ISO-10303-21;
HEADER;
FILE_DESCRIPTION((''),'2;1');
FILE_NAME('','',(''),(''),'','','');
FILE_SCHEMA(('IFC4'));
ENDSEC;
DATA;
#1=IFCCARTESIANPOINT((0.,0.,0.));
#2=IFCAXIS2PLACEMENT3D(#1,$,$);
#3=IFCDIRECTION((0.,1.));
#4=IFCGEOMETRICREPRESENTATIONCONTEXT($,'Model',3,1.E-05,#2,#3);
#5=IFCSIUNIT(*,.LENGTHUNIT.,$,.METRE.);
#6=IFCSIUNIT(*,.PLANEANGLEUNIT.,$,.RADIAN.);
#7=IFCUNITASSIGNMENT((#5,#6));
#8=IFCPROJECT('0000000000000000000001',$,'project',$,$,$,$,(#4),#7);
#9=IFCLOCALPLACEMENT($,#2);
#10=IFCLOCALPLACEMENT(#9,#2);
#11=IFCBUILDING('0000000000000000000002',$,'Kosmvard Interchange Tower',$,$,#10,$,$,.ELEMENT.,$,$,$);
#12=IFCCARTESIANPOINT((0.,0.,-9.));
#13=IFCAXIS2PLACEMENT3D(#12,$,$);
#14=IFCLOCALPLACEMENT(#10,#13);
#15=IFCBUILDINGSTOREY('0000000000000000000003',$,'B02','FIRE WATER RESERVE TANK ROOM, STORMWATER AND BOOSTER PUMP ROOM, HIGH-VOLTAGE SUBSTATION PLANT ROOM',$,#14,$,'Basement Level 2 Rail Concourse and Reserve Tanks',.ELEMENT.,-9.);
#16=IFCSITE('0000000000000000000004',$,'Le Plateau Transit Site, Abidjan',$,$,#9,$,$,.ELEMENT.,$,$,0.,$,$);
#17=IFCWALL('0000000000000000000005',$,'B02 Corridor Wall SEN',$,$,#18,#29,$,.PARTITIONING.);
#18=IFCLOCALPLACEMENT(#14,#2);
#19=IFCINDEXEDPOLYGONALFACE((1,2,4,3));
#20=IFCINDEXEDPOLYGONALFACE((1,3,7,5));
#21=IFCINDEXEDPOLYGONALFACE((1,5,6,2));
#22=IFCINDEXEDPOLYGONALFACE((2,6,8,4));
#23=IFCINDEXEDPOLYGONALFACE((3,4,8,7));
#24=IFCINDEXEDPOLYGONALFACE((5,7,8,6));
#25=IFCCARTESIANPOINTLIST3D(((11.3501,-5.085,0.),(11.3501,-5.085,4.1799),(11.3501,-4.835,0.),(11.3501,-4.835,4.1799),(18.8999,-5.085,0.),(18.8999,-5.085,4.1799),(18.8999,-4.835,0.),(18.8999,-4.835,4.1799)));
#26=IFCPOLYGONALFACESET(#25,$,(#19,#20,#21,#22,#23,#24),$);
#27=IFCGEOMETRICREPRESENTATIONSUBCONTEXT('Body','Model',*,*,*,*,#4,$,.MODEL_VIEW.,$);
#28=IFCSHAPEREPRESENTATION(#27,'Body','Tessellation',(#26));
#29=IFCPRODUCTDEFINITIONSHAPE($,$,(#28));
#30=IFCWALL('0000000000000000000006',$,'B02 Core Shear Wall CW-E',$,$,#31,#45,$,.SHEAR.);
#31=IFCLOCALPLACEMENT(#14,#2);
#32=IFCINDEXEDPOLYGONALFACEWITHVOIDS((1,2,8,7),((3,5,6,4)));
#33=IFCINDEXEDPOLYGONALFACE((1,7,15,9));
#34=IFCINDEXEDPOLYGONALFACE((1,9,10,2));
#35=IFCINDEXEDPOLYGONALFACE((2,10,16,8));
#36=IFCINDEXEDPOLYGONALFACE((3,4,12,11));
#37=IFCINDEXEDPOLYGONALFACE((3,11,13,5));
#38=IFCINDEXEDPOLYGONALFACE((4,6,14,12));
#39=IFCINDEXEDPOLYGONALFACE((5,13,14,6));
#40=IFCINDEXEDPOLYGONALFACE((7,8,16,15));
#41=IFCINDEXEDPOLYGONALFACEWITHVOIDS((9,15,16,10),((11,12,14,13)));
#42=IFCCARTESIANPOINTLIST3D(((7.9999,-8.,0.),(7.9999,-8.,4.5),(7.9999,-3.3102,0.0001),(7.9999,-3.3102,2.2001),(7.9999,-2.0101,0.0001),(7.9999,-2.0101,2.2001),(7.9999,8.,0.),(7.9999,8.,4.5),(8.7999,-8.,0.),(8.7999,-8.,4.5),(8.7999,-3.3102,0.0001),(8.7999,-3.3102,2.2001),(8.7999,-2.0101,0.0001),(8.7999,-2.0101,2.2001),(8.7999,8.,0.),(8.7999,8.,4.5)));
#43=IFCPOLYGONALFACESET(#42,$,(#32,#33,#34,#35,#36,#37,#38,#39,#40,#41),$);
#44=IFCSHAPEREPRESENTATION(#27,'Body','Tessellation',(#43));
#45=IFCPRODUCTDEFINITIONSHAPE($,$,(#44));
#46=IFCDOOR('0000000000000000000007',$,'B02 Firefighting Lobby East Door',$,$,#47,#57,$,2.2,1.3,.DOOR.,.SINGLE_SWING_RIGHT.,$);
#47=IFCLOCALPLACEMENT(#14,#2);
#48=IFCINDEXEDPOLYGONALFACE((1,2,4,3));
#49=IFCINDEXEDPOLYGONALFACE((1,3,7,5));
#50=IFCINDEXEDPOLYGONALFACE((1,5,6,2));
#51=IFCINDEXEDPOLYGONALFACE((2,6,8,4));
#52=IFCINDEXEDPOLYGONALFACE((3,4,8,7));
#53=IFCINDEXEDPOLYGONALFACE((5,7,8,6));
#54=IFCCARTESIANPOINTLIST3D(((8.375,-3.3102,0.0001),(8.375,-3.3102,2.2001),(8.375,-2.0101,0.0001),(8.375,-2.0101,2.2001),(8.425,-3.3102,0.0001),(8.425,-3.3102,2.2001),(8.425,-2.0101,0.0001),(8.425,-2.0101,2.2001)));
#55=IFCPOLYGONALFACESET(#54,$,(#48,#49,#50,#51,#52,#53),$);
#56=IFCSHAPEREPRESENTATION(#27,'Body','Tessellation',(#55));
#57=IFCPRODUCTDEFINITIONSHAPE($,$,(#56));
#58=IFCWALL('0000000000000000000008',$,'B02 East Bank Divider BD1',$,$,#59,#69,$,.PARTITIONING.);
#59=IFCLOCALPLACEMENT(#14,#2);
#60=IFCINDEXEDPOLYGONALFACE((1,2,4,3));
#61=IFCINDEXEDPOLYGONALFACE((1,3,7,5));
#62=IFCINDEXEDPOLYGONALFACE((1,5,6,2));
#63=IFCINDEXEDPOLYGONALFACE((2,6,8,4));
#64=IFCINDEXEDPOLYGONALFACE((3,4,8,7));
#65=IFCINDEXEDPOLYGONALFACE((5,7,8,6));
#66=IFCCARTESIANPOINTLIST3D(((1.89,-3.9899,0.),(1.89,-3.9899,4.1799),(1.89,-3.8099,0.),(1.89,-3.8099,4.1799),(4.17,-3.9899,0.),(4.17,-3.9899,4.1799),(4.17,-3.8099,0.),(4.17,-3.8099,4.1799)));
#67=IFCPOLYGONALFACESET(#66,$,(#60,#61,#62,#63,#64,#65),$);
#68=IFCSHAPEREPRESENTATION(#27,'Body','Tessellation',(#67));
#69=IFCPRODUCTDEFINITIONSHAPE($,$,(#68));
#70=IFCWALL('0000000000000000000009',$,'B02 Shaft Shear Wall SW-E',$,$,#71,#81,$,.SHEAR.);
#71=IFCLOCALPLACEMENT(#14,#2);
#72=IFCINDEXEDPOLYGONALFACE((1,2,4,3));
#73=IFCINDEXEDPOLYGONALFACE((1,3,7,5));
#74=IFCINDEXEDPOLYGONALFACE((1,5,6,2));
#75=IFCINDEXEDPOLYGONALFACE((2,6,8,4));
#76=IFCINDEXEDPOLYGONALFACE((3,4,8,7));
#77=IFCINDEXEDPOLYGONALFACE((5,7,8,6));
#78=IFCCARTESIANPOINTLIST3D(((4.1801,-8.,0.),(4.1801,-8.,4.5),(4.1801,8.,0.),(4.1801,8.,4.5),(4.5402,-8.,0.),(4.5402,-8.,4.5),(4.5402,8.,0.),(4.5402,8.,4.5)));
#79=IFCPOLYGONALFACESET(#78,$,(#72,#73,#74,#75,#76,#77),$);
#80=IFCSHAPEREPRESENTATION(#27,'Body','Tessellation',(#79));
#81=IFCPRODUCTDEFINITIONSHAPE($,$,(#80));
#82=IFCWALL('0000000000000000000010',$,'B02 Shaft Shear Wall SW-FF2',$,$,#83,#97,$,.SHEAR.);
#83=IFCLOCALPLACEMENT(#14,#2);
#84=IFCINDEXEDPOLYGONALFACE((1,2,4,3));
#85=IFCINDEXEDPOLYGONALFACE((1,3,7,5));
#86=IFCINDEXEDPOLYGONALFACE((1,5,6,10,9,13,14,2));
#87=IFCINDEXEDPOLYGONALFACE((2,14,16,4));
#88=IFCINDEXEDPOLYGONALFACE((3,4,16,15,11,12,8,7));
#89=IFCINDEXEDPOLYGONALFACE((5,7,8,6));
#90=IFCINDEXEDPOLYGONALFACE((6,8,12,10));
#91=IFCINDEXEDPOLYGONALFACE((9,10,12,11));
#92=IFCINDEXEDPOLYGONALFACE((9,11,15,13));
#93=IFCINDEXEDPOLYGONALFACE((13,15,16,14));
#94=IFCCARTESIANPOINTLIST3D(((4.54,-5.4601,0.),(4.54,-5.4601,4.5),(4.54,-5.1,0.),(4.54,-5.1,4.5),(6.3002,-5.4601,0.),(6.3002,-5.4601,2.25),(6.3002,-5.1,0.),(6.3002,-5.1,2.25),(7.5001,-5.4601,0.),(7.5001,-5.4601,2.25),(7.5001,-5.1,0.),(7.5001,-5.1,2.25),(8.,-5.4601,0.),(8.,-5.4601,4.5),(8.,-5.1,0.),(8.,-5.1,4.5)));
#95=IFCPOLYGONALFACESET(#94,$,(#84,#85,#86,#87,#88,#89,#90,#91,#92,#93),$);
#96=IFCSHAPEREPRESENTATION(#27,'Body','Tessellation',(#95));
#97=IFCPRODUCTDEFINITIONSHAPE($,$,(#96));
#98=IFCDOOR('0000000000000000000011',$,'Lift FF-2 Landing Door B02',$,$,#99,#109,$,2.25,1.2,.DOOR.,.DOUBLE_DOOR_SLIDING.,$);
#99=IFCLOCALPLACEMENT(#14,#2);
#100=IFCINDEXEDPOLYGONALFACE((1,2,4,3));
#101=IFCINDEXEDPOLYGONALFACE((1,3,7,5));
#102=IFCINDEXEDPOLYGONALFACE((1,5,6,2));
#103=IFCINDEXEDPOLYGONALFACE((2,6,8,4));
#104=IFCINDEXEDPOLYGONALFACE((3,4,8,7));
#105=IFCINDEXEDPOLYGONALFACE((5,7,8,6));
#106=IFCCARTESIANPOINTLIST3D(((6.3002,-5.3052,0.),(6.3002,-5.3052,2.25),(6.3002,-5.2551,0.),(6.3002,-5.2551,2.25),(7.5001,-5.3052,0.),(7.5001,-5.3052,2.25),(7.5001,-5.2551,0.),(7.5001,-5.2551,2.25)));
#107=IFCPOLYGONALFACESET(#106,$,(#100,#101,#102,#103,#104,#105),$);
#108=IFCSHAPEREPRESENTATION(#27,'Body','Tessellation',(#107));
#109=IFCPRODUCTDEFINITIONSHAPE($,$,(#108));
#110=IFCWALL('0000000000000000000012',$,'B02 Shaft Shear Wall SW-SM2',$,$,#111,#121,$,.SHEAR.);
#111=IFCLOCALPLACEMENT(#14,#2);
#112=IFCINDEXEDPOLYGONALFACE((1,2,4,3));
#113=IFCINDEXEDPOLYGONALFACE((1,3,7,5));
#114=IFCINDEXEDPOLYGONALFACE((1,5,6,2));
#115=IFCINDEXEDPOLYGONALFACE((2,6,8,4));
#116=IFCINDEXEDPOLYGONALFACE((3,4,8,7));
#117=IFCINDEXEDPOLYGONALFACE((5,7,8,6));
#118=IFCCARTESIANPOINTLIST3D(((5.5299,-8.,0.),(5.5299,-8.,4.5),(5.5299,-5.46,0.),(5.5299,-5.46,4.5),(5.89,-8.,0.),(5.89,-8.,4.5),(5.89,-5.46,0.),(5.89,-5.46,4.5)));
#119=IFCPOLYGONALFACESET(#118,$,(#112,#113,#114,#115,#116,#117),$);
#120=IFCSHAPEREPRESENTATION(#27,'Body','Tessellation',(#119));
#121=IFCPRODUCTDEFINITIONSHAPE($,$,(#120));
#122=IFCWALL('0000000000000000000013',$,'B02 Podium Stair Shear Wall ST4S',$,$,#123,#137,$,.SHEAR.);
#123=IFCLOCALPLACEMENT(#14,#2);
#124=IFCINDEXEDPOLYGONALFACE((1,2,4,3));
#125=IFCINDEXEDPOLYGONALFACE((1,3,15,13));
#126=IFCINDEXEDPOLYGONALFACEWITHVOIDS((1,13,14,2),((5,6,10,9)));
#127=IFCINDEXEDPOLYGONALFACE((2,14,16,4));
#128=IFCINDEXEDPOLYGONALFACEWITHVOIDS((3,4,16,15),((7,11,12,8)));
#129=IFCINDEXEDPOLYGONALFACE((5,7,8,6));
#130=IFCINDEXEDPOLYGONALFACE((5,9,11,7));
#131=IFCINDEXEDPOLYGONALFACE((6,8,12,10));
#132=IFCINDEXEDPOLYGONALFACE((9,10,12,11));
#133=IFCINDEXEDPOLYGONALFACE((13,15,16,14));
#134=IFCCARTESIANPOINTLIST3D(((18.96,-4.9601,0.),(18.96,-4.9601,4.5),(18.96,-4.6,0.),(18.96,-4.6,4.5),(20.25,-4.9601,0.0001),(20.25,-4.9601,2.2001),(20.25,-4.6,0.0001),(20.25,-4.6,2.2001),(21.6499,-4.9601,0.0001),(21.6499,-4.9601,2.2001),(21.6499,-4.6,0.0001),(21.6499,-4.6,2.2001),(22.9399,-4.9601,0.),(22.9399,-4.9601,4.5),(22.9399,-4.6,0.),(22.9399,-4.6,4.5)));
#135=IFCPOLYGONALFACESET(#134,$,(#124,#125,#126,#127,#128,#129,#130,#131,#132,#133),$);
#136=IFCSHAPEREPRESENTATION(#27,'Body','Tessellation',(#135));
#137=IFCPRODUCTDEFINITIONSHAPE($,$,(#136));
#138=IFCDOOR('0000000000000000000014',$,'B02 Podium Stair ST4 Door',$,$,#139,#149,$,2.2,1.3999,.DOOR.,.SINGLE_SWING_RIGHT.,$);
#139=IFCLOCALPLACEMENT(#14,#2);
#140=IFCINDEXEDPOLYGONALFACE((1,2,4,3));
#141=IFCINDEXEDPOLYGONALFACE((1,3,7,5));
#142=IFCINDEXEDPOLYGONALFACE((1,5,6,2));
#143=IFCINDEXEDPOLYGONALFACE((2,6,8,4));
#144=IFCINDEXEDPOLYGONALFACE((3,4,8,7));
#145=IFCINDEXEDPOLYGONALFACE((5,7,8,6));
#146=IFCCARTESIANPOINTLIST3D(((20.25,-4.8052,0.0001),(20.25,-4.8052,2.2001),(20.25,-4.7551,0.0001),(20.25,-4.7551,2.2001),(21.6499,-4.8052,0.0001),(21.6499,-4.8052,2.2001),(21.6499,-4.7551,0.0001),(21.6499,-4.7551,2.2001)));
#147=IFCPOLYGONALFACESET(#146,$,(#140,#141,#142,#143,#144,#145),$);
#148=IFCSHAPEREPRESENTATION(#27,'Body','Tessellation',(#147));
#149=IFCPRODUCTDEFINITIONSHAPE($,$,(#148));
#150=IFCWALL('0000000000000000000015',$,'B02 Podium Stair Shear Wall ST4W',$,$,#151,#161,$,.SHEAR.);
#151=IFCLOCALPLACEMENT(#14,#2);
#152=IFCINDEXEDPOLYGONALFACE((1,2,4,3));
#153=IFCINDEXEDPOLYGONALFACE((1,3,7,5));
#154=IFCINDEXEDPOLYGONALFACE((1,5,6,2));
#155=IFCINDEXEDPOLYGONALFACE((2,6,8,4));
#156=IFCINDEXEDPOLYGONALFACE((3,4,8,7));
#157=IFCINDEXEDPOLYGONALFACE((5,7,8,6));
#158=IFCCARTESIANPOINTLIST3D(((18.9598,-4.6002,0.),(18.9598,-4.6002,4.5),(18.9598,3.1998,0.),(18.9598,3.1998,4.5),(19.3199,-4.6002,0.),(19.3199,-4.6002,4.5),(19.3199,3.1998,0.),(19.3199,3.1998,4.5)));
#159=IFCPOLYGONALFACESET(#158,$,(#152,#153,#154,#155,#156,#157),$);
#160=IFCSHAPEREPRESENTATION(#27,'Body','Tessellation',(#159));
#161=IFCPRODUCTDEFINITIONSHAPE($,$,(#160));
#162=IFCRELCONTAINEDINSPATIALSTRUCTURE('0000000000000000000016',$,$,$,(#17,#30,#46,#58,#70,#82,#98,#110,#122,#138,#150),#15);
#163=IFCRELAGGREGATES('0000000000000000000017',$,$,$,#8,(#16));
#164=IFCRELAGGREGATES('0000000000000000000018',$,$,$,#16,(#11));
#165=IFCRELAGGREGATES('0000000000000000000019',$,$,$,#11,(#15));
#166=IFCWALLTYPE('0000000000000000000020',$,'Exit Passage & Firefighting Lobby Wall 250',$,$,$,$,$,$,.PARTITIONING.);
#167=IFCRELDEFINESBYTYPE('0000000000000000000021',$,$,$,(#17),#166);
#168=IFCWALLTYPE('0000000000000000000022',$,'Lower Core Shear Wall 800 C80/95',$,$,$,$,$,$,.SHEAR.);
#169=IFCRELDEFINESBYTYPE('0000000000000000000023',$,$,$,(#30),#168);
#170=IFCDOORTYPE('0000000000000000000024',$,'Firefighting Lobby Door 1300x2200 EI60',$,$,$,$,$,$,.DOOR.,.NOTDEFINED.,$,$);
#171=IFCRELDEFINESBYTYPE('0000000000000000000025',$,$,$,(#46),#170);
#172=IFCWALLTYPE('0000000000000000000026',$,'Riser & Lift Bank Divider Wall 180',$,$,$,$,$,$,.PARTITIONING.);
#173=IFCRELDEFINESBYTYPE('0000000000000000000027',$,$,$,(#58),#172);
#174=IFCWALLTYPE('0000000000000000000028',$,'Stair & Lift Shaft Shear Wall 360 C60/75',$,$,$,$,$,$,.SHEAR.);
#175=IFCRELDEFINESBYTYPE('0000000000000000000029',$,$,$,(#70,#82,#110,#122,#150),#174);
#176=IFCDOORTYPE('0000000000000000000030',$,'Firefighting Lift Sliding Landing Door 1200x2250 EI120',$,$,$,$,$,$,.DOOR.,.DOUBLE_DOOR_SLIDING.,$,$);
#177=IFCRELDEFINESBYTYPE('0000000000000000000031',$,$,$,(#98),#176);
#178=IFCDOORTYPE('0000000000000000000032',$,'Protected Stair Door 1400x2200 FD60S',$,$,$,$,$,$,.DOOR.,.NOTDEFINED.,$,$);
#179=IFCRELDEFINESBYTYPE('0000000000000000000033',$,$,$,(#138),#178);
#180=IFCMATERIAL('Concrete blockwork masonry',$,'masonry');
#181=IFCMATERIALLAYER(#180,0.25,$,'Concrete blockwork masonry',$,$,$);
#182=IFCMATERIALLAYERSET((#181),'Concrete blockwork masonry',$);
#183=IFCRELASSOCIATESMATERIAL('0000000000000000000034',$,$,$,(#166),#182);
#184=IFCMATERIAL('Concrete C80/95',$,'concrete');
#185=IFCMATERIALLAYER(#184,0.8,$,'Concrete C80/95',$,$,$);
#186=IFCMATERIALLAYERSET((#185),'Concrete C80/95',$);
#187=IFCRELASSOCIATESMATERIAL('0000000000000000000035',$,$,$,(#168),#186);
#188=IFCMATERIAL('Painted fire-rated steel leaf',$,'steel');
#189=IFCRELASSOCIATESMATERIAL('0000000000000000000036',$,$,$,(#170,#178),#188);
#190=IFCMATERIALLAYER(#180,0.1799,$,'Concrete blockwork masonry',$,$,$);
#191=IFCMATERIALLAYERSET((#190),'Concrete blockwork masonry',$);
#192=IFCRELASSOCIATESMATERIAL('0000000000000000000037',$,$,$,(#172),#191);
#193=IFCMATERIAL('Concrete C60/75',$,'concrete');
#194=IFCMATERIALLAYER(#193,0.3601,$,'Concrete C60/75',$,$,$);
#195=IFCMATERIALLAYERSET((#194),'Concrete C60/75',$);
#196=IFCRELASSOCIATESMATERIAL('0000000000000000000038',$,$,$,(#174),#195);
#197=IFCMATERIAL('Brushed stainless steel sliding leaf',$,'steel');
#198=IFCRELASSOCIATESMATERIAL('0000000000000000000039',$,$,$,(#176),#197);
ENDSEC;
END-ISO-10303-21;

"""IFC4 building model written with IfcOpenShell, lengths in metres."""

from ifc_helpers import new_model, si_unit, direction, frame, frame_2d, origin, place, context, subcontext, project, spatial, rectangle, extrude, source, transform, mapped, material, layer, layer_set, type_object, element, fill, save


model = new_model("IFC4")

# Units and contexts
model_context = context("Model", 3, precision=1e-05, world=origin(), true_north=direction((0.0, 1.0)))
body_context = subcontext(model_context, "Body", "Model", "MODEL_VIEW")
ifc_project = project(units=[si_unit("LENGTHUNIT", "METRE"), si_unit("PLANEANGLEUNIT", "RADIAN")], contexts=[model_context])

# Site, building, storey
site_placement = place(None, origin())
site = spatial("IfcSite", under=ifc_project, at=site_placement, Name="Le Plateau Transit Site, Abidjan", CompositionType="ELEMENT", RefElevation=0.0)
building_placement = place(site_placement, origin())
building = spatial("IfcBuilding", under=site, at=building_placement, Name="Kosmvard Interchange Tower", CompositionType="ELEMENT")
storey_placement = place(building_placement, frame((0.0, 0.0, -9.0)))
storey = spatial("IfcBuildingStorey", under=building, at=storey_placement, Name="B02", Description="FIRE WATER RESERVE TANK ROOM, STORMWATER AND BOOSTER PUMP ROOM, HIGH-VOLTAGE SUBSTATION PLANT ROOM", LongName="Basement Level 2 Rail Concourse and Reserve Tanks", CompositionType="ELEMENT", Elevation=-9.0)

# Shared definitions
ifc_material_1 = material(Name="Concrete blockwork masonry", Category="masonry")
ifc_layer_1 = layer(ifc_material_1, 0.25, Name="Concrete blockwork masonry")
ifc_layer_set_1 = layer_set([ifc_layer_1], Name="Concrete blockwork masonry")
wall_type_1 = type_object("IfcWallType", Name="Exit Passage & Firefighting Lobby Wall 250", PredefinedType="PARTITIONING", material=ifc_layer_set_1)
ifc_material_2 = material(Name="Painted fire-rated steel leaf", Category="steel")

# Wall
wall_1_placement = place(storey_placement, frame((11.3501, -4.96, 0.0), z_axis=(0.0, 0.0, 1.0), x_axis=(1.0, 0.0, 0.0)))
element("IfcWall", 1, at=wall_1_placement, inside=storey, type_object=wall_type_1, Name="B02 Corridor Wall SEN", PredefinedType="PARTITIONING", context=body_context, shape_type="SweptSolid", body=[
    extrude(rectangle(XDim=7.5498, YDim=0.25, at=frame_2d((3.7749, 0.0))), origin(), (0.0, 0.0, 1.0), 4.1799),
])

# Wall, opening, door
ifc_material_3 = material(Name="Concrete C80/95", Category="concrete")
ifc_layer_2 = layer(ifc_material_3, 0.8, Name="Concrete C80/95")
ifc_layer_set_2 = layer_set([ifc_layer_2], Name="Concrete C80/95")
wall_type_2 = type_object("IfcWallType", Name="Lower Core Shear Wall 800 C80/95", PredefinedType="SHEAR", material=ifc_layer_set_2)
wall_2_placement = place(storey_placement, frame((8.3999, -8.0, 0.0), z_axis=(0.0, 0.0, 1.0), x_axis=(0.0, 1.0, 0.0)))
wall_2 = element("IfcWall", 2, at=wall_2_placement, inside=storey, type_object=wall_type_2, Name="B02 Core Shear Wall CW-E", PredefinedType="SHEAR", context=body_context, shape_type="SweptSolid", body=[
    extrude(rectangle(XDim=16.0, YDim=0.8, at=frame_2d((8.0, 0.0))), origin(), (0.0, 0.0, 1.0), 4.5),
])
opening_1_placement = place(wall_2_placement, frame((4.6899, 0.0, 0.0)))
opening_1 = element("IfcOpeningElement", 3, at=opening_1_placement, cuts=wall_2, PredefinedType="OPENING", context=body_context, shape_type="SweptSolid", body=[
    extrude(rectangle(XDim=1.3, YDim=2.2, at=frame_2d((0.6499, 1.1001))), frame((0.0, 0.4102, 0.0), z_axis=(0.0, -1.0, 0.0), x_axis=(1.0, 0.0, 0.0)), (0.0, 0.0, 1.0), 0.8201),
])
door_type_1 = type_object("IfcDoorType", Name="Firefighting Lobby Door 1300x2200 EI60", OperationType="NOTDEFINED", PredefinedType="DOOR", material=ifc_material_2)
shared_shape_1 = source(origin(), body_context, "Body", "SweptSolid", [
    extrude(rectangle(XDim=1.3, YDim=2.2, at=frame_2d((0.6499, 1.1001))), frame((0.0, 0.0249, 0.0), z_axis=(0.0, -1.0, 0.0), x_axis=(1.0, 0.0, 0.0)), (0.0, 0.0, 1.0), 0.05),
])
door_1_placement = place(opening_1_placement, origin())
door_1 = element("IfcDoor", 4, at=door_1_placement, inside=storey, type_object=door_type_1, Name="B02 Firefighting Lobby East Door", OperationType="SINGLE_SWING_RIGHT", OverallHeight=2.2, OverallWidth=1.3, PredefinedType="DOOR", context=body_context, shape_type="MappedRepresentation", body=[
    mapped(shared_shape_1, transform((0.0, 0.0, 0.0), scale=1.0)),
])
fill(opening_1, door_1)

# Walls
ifc_layer_3 = layer(ifc_material_1, 0.1799, Name="Concrete blockwork masonry")
ifc_layer_set_3 = layer_set([ifc_layer_3], Name="Concrete blockwork masonry")
wall_type_3 = type_object("IfcWallType", Name="Riser & Lift Bank Divider Wall 180", PredefinedType="PARTITIONING", material=ifc_layer_set_3)
wall_3_placement = place(storey_placement, frame((1.8899, -3.8999, 0.0), z_axis=(0.0, 0.0, 1.0), x_axis=(1.0, 0.0, 0.0)))
element("IfcWall", 5, at=wall_3_placement, inside=storey, type_object=wall_type_3, Name="B02 East Bank Divider BD1", PredefinedType="PARTITIONING", context=body_context, shape_type="SweptSolid", body=[
    extrude(rectangle(XDim=2.28, YDim=0.1799, at=frame_2d((1.1401, 0.0))), origin(), (0.0, 0.0, 1.0), 4.1799),
])
ifc_material_4 = material(Name="Concrete C60/75", Category="concrete")
ifc_layer_4 = layer(ifc_material_4, 0.3601, Name="Concrete C60/75")
ifc_layer_set_4 = layer_set([ifc_layer_4], Name="Concrete C60/75")
wall_type_4 = type_object("IfcWallType", Name="Stair & Lift Shaft Shear Wall 360 C60/75", PredefinedType="SHEAR", material=ifc_layer_set_4)
wall_4_placement = place(storey_placement, frame((4.3601, -8.0, 0.0), z_axis=(0.0, 0.0, 1.0), x_axis=(0.0, 1.0, 0.0)))
element("IfcWall", 6, at=wall_4_placement, inside=storey, type_object=wall_type_4, Name="B02 Shaft Shear Wall SW-E", PredefinedType="SHEAR", context=body_context, shape_type="SweptSolid", body=[
    extrude(rectangle(XDim=16.0, YDim=0.3601, at=frame_2d((8.0, 0.0))), origin(), (0.0, 0.0, 1.0), 4.5),
])

# Wall, opening, door
wall_5_placement = place(storey_placement, frame((4.54, -5.28, 0.0), z_axis=(0.0, 0.0, 1.0), x_axis=(1.0, 0.0, 0.0)))
wall_5 = element("IfcWall", 7, at=wall_5_placement, inside=storey, type_object=wall_type_4, Name="B02 Shaft Shear Wall SW-FF2", PredefinedType="SHEAR", context=body_context, shape_type="SweptSolid", body=[
    extrude(rectangle(XDim=3.46, YDim=0.3601, at=frame_2d((1.73, 0.0))), origin(), (0.0, 0.0, 1.0), 4.5),
])
opening_2_placement = place(wall_5_placement, frame((1.76, 0.0, 0.0)))
opening_2 = element("IfcOpeningElement", 8, at=opening_2_placement, cuts=wall_5, PredefinedType="OPENING", context=body_context, shape_type="SweptSolid", body=[
    extrude(rectangle(XDim=1.2, YDim=2.25, at=frame_2d((0.6001, 1.125))), frame((0.0, 0.1899, 0.0), z_axis=(0.0, -1.0, 0.0), x_axis=(1.0, 0.0, 0.0)), (0.0, 0.0, 1.0), 0.3801),
])
ifc_material_5 = material(Name="Brushed stainless steel sliding leaf", Category="steel")
door_type_2 = type_object("IfcDoorType", Name="Firefighting Lift Sliding Landing Door 1200x2250 EI120", OperationType="DOUBLE_DOOR_SLIDING", PredefinedType="DOOR", material=ifc_material_5)
shared_shape_2 = source(origin(), body_context, "Body", "SweptSolid", [
    extrude(rectangle(XDim=1.2, YDim=2.25, at=frame_2d((0.6001, 1.125))), frame((0.0, 0.0249, 0.0), z_axis=(0.0, -1.0, 0.0), x_axis=(1.0, 0.0, 0.0)), (0.0, 0.0, 1.0), 0.05),
])
door_2_placement = place(opening_2_placement, origin())
door_2 = element("IfcDoor", 9, at=door_2_placement, inside=storey, type_object=door_type_2, Name="Lift FF-2 Landing Door B02", OperationType="DOUBLE_DOOR_SLIDING", OverallHeight=2.25, OverallWidth=1.2, PredefinedType="DOOR", context=body_context, shape_type="MappedRepresentation", body=[
    mapped(shared_shape_2, transform((0.0, 0.0, 0.0), scale=1.0)),
])
fill(opening_2, door_2)

# Wall
wall_6_placement = place(storey_placement, frame((5.71, -8.0, 0.0), z_axis=(0.0, 0.0, 1.0), x_axis=(0.0, 1.0, 0.0)))
element("IfcWall", 10, at=wall_6_placement, inside=storey, type_object=wall_type_4, Name="B02 Shaft Shear Wall SW-SM2", PredefinedType="SHEAR", context=body_context, shape_type="SweptSolid", body=[
    extrude(rectangle(XDim=2.54, YDim=0.3601, at=frame_2d((1.27, 0.0))), origin(), (0.0, 0.0, 1.0), 4.5),
])

# Wall, opening, door
wall_7_placement = place(storey_placement, frame((18.96, -4.78, 0.0), z_axis=(0.0, 0.0, 1.0), x_axis=(1.0, 0.0, 0.0)))
wall_7 = element("IfcWall", 11, at=wall_7_placement, inside=storey, type_object=wall_type_4, Name="B02 Podium Stair Shear Wall ST4S", PredefinedType="SHEAR", context=body_context, shape_type="SweptSolid", body=[
    extrude(rectangle(XDim=3.98, YDim=0.3601, at=frame_2d((1.99, 0.0))), origin(), (0.0, 0.0, 1.0), 4.5),
])
opening_3_placement = place(wall_7_placement, frame((1.29, 0.0, 0.0)))
opening_3 = element("IfcOpeningElement", 12, at=opening_3_placement, cuts=wall_7, PredefinedType="OPENING", context=body_context, shape_type="SweptSolid", body=[
    extrude(rectangle(XDim=1.3999, YDim=2.2, at=frame_2d((0.7, 1.1001))), frame((0.0, 0.1899, 0.0), z_axis=(0.0, -1.0, 0.0), x_axis=(1.0, 0.0, 0.0)), (0.0, 0.0, 1.0), 0.3801),
])
door_type_3 = type_object("IfcDoorType", Name="Protected Stair Door 1400x2200 FD60S", OperationType="NOTDEFINED", PredefinedType="DOOR", material=ifc_material_2)
shared_shape_3 = source(origin(), body_context, "Body", "SweptSolid", [
    extrude(rectangle(XDim=1.3999, YDim=2.2, at=frame_2d((0.7, 1.1001))), frame((0.0, 0.0249, 0.0), z_axis=(0.0, -1.0, 0.0), x_axis=(1.0, 0.0, 0.0)), (0.0, 0.0, 1.0), 0.05),
])
door_3_placement = place(opening_3_placement, origin())
door_3 = element("IfcDoor", 13, at=door_3_placement, inside=storey, type_object=door_type_3, Name="B02 Podium Stair ST4 Door", OperationType="SINGLE_SWING_RIGHT", OverallHeight=2.2, OverallWidth=1.3999, PredefinedType="DOOR", context=body_context, shape_type="MappedRepresentation", body=[
    mapped(shared_shape_3, transform((0.0, 0.0, 0.0), scale=1.0)),
])
fill(opening_3, door_3)

# Wall
wall_8_placement = place(storey_placement, frame((19.1399, -4.6001, 0.0), z_axis=(0.0, 0.0, 1.0), x_axis=(0.0, 1.0, 0.0)))
element("IfcWall", 14, at=wall_8_placement, inside=storey, type_object=wall_type_4, Name="B02 Podium Stair Shear Wall ST4W", PredefinedType="SHEAR", context=body_context, shape_type="SweptSolid", body=[
    extrude(rectangle(XDim=7.8, YDim=0.3601, at=frame_2d((3.8999, 0.0))), origin(), (0.0, 0.0, 1.0), 4.5),
])

save(model, "model.ifc")
